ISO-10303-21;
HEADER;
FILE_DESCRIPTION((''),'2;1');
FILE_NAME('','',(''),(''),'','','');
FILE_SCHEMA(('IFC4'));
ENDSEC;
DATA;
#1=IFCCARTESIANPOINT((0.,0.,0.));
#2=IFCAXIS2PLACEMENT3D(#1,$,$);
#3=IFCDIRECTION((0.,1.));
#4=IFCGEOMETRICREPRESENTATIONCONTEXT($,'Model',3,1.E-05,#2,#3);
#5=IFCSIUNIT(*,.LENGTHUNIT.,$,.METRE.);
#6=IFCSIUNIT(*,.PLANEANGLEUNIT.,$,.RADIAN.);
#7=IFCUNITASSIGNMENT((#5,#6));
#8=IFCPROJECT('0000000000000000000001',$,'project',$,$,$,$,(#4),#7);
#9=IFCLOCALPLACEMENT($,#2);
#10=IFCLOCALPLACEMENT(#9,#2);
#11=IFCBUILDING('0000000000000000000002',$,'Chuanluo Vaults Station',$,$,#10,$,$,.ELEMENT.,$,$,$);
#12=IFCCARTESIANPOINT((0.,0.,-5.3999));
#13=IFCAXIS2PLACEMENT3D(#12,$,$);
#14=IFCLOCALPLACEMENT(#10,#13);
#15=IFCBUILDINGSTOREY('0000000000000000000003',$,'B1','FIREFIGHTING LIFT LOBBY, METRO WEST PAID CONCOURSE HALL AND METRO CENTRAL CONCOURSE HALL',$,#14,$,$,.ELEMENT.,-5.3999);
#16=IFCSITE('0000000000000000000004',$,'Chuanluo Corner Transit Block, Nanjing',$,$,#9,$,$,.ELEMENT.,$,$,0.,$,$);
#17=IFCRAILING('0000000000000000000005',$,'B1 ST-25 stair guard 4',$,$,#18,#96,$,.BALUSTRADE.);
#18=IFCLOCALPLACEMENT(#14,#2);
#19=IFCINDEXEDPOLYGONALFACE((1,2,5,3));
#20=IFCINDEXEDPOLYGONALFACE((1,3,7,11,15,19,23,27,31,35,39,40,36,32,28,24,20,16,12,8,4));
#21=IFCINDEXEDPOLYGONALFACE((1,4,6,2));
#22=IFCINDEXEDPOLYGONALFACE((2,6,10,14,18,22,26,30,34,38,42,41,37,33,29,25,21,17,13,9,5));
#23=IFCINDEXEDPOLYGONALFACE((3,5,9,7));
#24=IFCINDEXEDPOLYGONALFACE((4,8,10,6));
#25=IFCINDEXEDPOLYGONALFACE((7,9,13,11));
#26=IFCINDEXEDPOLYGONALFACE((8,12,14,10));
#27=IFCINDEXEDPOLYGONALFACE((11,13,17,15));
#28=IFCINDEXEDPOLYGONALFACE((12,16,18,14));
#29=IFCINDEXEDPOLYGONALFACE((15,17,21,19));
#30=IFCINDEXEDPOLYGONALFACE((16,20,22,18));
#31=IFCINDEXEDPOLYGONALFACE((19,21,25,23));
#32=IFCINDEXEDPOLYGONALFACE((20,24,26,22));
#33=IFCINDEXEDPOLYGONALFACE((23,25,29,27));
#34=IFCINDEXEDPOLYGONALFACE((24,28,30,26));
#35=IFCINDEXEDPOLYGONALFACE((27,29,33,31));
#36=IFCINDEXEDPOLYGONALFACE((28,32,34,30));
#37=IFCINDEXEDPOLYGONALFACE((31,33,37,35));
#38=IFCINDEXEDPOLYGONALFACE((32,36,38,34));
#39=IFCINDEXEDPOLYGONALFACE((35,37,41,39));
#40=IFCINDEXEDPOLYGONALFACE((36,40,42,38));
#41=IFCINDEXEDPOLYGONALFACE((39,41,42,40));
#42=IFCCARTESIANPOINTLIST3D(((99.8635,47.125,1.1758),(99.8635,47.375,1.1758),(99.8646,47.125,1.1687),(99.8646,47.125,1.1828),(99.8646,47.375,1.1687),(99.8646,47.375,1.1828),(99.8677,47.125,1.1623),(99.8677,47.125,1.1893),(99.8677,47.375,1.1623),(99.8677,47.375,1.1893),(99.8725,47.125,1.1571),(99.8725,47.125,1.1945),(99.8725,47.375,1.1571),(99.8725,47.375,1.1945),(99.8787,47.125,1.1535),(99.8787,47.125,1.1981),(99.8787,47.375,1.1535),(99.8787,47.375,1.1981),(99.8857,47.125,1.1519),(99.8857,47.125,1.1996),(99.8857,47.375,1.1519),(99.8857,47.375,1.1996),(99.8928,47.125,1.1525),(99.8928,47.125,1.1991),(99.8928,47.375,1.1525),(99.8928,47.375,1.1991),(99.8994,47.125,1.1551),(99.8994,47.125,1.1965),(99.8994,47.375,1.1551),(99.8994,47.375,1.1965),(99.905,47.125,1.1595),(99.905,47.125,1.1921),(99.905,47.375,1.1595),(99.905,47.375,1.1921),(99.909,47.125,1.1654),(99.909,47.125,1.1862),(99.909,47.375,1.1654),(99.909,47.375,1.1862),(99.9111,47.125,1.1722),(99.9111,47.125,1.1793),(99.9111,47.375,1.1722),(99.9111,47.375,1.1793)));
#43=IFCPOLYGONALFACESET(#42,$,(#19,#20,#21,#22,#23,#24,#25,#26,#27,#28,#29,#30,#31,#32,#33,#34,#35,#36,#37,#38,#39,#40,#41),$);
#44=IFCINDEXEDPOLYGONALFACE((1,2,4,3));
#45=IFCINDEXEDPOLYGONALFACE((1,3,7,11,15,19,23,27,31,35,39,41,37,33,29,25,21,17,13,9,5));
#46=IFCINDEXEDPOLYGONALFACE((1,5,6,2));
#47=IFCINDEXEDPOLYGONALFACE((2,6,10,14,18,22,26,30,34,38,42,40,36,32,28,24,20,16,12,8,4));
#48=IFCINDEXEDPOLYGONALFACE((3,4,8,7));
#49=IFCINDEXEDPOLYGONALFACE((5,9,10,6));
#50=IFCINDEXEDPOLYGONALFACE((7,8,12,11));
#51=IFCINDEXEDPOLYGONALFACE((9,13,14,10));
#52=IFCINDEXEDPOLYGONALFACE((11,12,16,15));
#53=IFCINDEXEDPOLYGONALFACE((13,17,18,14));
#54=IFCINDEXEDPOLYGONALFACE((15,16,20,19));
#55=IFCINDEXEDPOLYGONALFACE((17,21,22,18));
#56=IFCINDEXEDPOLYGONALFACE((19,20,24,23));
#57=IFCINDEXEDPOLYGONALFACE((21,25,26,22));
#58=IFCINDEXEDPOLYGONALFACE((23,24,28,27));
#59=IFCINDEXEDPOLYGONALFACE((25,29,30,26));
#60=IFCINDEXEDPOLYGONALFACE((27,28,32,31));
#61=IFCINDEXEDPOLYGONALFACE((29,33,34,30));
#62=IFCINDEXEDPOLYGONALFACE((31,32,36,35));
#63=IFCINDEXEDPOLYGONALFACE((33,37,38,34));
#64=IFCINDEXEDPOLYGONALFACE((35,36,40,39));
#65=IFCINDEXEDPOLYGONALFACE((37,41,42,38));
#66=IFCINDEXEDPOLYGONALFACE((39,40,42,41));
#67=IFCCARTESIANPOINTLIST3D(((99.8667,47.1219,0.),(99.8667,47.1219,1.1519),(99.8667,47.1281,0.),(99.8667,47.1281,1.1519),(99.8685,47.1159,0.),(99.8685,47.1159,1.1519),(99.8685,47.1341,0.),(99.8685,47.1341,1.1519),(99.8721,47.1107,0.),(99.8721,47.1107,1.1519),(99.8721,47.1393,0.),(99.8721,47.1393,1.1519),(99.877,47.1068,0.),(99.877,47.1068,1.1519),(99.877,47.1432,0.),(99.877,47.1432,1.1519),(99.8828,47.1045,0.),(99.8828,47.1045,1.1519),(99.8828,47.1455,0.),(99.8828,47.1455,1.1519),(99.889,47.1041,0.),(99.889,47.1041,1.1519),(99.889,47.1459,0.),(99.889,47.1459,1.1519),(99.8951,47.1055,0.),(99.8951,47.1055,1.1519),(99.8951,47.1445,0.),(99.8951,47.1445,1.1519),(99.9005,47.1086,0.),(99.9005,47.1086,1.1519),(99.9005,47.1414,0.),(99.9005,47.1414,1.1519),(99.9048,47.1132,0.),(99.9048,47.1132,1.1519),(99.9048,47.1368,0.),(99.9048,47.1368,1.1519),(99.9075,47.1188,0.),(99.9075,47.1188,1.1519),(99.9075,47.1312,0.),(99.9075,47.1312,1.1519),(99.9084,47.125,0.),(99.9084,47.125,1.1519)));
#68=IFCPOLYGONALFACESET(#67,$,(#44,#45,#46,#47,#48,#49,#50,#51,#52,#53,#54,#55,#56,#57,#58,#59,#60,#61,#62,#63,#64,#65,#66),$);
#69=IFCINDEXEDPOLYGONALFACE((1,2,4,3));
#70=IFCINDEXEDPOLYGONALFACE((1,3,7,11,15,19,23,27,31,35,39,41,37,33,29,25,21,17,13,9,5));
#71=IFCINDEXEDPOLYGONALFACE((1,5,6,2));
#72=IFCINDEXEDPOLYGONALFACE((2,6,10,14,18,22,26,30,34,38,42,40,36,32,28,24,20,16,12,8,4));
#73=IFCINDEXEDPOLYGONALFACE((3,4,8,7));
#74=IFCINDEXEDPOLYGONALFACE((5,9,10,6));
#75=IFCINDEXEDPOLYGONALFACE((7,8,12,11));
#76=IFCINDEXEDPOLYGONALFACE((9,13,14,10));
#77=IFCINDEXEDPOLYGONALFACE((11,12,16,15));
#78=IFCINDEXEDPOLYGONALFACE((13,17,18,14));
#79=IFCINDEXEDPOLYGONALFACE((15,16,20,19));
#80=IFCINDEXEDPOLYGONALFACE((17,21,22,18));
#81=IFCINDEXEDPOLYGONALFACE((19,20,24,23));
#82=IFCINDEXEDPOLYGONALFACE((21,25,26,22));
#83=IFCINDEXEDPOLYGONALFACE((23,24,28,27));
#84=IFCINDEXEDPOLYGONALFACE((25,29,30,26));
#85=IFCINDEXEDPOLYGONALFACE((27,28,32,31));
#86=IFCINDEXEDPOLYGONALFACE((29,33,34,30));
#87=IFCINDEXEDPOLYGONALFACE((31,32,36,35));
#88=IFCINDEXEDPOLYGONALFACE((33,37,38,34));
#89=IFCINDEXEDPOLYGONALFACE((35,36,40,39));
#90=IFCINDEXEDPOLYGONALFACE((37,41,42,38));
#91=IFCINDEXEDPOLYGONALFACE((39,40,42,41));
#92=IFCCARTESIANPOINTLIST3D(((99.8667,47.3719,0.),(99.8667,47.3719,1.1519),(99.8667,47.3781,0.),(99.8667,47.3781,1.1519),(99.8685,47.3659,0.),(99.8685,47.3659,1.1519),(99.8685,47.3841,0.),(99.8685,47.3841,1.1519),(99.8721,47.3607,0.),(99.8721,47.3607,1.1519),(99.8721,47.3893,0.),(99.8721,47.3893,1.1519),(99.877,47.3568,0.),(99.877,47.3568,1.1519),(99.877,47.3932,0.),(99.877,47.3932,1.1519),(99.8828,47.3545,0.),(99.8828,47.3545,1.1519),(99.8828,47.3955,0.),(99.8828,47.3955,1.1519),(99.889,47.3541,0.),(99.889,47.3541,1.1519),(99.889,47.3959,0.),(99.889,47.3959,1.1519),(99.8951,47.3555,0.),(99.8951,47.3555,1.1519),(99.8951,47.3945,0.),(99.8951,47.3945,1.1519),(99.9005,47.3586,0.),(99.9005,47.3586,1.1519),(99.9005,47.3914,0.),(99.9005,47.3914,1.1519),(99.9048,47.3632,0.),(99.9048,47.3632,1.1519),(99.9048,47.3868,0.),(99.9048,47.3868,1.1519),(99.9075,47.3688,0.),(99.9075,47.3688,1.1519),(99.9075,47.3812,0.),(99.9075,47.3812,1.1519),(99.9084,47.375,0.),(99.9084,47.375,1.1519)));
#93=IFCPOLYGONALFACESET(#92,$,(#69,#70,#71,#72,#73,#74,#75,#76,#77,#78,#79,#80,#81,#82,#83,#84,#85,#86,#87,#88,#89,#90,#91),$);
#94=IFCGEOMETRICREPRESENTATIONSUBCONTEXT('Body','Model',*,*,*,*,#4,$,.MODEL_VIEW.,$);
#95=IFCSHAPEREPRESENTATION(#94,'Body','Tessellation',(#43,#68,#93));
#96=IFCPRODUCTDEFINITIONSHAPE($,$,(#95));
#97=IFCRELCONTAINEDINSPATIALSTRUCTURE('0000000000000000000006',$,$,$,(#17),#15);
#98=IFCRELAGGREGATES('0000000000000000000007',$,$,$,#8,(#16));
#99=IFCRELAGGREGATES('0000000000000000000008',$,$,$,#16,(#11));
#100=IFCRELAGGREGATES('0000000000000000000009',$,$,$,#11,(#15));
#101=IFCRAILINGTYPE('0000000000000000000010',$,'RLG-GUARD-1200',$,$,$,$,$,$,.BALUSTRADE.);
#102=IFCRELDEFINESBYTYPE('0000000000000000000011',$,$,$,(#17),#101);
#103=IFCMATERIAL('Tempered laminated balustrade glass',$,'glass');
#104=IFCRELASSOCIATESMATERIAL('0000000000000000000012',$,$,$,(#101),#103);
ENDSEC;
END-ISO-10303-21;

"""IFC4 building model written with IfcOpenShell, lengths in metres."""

from ifc_helpers import new_model, si_unit, direction, frame, origin, origin_2d, place, context, subcontext, project, spatial, circle, extrude, material, type_object, element, save


model = new_model("IFC4")

# Units and contexts
model_context = context("Model", 3, precision=1e-05, world=origin(), true_north=direction((0.0, 1.0)))
body_context = subcontext(model_context, "Body", "Model", "MODEL_VIEW")
ifc_project = project(units=[si_unit("LENGTHUNIT", "METRE"), si_unit("PLANEANGLEUNIT", "RADIAN")], contexts=[model_context])

# Site, building, storey
site_placement = place(None, origin())
site = spatial("IfcSite", under=ifc_project, at=site_placement, Name="Chuanluo Corner Transit Block, Nanjing", CompositionType="ELEMENT", RefElevation=0.0)
building_placement = place(site_placement, origin())
building = spatial("IfcBuilding", under=site, at=building_placement, Name="Chuanluo Vaults Station", CompositionType="ELEMENT")
storey_placement = place(building_placement, frame((0.0, 0.0, -5.3999)))
storey = spatial("IfcBuildingStorey", under=building, at=storey_placement, Name="B1", Description="FIREFIGHTING LIFT LOBBY, METRO WEST PAID CONCOURSE HALL AND METRO CENTRAL CONCOURSE HALL", CompositionType="ELEMENT", Elevation=-5.3999)

# Railing
ifc_material_1 = material(Name="Tempered laminated balustrade glass", Category="glass")
railing_type_1 = type_object("IfcRailingType", Name="RLG-GUARD-1200", PredefinedType="BALUSTRADE", material=ifc_material_1)
railing_1_placement = place(storey_placement, frame((99.8875, 47.125, 0.0)))
element("IfcRailing", 1, at=railing_1_placement, inside=storey, type_object=railing_type_1, Name="B1 ST-25 stair guard 4", PredefinedType="BALUSTRADE", context=body_context, shape_type="SweptSolid", body=[
    extrude(circle(Radius=0.0239, at=origin_2d()), frame((0.0, 0.0, 1.1758), z_axis=(0.0, 1.0, 0.0), x_axis=(-1.0, 0.0, 0.0)), (0.0, 0.0, 1.0), 0.25),
    extrude(circle(Radius=0.021, at=origin_2d()), origin(), (0.0, 0.0, 1.0), 1.1519),
    extrude(circle(Radius=0.021, at=origin_2d()), frame((0.0, 0.25, 0.0)), (0.0, 0.0, 1.0), 1.1519),
])

save(model, "model.ifc")
